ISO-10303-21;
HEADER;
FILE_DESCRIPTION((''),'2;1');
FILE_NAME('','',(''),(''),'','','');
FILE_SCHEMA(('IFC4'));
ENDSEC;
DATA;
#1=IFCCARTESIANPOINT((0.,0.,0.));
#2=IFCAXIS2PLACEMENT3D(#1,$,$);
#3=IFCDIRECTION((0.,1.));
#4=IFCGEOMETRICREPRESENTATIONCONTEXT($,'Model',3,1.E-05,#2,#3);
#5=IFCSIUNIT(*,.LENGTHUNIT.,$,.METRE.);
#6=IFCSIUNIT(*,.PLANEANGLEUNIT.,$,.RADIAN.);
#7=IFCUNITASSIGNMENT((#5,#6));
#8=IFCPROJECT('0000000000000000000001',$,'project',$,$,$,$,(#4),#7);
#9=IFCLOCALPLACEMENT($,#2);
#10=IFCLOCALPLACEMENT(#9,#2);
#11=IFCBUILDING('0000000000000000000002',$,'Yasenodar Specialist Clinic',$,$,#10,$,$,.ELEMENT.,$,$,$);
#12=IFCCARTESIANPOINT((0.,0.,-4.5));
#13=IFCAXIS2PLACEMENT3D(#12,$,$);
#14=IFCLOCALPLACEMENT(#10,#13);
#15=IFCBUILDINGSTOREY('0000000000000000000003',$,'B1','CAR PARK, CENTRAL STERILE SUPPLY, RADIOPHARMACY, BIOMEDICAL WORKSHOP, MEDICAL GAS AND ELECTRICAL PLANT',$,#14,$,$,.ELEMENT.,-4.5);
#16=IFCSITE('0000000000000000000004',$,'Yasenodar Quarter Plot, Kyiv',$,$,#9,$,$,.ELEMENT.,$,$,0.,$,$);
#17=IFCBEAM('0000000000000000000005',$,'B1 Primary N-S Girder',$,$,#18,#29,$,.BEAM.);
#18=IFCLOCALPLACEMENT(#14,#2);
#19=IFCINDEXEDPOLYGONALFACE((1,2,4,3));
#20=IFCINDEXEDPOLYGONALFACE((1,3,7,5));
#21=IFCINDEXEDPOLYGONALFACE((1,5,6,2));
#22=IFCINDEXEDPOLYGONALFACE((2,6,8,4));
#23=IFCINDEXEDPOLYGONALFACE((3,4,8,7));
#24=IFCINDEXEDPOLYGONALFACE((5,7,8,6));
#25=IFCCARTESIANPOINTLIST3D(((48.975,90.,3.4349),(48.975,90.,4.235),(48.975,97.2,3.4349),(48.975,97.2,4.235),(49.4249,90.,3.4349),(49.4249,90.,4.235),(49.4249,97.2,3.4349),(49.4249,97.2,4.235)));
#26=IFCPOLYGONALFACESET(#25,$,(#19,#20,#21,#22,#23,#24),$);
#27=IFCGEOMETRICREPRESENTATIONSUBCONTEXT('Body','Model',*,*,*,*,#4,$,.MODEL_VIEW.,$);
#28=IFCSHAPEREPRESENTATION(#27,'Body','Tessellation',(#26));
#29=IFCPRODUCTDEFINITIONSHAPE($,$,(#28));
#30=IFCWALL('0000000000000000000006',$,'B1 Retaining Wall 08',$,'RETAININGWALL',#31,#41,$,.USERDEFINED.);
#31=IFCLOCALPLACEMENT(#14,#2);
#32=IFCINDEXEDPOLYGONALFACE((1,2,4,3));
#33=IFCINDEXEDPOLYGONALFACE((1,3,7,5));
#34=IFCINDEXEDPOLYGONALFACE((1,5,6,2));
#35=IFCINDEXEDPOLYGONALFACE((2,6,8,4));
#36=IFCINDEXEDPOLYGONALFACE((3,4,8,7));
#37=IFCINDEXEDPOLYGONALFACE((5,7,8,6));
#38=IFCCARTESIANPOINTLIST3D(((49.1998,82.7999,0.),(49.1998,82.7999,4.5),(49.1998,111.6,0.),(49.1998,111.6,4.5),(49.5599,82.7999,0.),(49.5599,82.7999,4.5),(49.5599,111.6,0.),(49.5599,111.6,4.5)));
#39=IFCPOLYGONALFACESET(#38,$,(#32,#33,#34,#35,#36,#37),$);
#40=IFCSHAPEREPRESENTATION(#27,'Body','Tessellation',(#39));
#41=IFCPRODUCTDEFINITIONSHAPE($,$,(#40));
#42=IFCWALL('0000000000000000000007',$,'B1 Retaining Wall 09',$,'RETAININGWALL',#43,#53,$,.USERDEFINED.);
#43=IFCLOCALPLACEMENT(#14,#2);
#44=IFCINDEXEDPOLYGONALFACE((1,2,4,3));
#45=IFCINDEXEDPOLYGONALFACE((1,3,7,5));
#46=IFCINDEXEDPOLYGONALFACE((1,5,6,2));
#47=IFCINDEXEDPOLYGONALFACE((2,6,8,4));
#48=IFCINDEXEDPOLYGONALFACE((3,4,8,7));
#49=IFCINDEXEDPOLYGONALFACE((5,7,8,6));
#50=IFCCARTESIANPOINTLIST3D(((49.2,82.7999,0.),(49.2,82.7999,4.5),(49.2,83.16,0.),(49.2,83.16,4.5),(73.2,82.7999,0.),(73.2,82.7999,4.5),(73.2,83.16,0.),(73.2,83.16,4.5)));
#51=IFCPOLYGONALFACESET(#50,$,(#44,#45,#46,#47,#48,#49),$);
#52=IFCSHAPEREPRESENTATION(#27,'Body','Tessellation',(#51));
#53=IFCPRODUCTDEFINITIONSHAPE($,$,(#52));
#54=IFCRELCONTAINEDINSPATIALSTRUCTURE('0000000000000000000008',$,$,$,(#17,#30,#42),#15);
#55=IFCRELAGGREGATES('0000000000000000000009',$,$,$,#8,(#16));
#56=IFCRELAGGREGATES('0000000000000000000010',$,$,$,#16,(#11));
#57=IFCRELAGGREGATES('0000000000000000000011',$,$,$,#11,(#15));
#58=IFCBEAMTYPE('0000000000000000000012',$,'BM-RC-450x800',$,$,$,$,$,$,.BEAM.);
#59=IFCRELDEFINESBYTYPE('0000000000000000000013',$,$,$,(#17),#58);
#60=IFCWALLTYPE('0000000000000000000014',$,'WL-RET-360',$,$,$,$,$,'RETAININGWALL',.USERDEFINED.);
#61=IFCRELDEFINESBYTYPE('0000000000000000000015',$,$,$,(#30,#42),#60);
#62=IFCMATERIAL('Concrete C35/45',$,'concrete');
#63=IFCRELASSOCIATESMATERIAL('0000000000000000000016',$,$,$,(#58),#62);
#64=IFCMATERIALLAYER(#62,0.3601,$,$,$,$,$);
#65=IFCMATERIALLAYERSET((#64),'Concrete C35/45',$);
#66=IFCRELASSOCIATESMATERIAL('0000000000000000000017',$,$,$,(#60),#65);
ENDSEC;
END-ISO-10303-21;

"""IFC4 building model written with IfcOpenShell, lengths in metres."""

from ifc_helpers import new_model, si_unit, direction, frame, frame_2d, origin, origin_2d, place, context, subcontext, project, spatial, rectangle, extrude, material, layer, layer_set, material_profile, profile_set, type_object, element, save


model = new_model("IFC4")

# Units and contexts
model_context = context("Model", 3, precision=1e-05, world=origin(), true_north=direction((0.0, 1.0)))
body_context = subcontext(model_context, "Body", "Model", "MODEL_VIEW")
ifc_project = project(units=[si_unit("LENGTHUNIT", "METRE"), si_unit("PLANEANGLEUNIT", "RADIAN")], contexts=[model_context])

# Site, building, storey
site_placement = place(None, origin())
site = spatial("IfcSite", under=ifc_project, at=site_placement, Name="Yasenodar Quarter Plot, Kyiv", CompositionType="ELEMENT", RefElevation=0.0)
building_placement = place(site_placement, origin())
building = spatial("IfcBuilding", under=site, at=building_placement, Name="Yasenodar Specialist Clinic", CompositionType="ELEMENT")
storey_placement = place(building_placement, frame((0.0, 0.0, -4.5)))
storey = spatial("IfcBuildingStorey", under=building, at=storey_placement, Name="B1", Description="CAR PARK, CENTRAL STERILE SUPPLY, RADIOPHARMACY, BIOMEDICAL WORKSHOP, MEDICAL GAS AND ELECTRICAL PLANT", CompositionType="ELEMENT", Elevation=-4.5)

# Shared definitions
ifc_material_1 = material(Name="Concrete C35/45", Category="concrete")

# Beam
ifc_material_profile_1 = material_profile(ifc_material_1, rectangle(XDim=0.45, YDim=0.8, at=origin_2d()), Name="RC 450x800")
ifc_profile_set_1 = profile_set([ifc_material_profile_1], Name="Concrete C35/45")
beam_type_1 = type_object("IfcBeamType", Name="BM-RC-450x800", PredefinedType="BEAM", material=ifc_profile_set_1)
beam_1_placement = place(storey_placement, frame((49.2, 90.0, 3.835), z_axis=(0.0, 1.0, 0.0), x_axis=(-1.0, 0.0, 0.0)))
element("IfcBeam", 1, at=beam_1_placement, inside=storey, type_object=beam_type_1, Name="B1 Primary N-S Girder", PredefinedType="BEAM", context=body_context, shape_type="SweptSolid", body=[
    extrude(rectangle(XDim=0.45, YDim=0.8, at=origin_2d()), origin(), (0.0, 0.0, 1.0), 7.2),
])

# Walls
ifc_layer = layer(ifc_material_1, 0.3601)
ifc_layer_set = layer_set([ifc_layer], Name="Concrete C35/45")
wall_type = type_object("IfcWallType", Name="WL-RET-360", ElementType="RETAININGWALL", PredefinedType="USERDEFINED", material=ifc_layer_set)
wall_1_placement = place(storey_placement, frame((49.3799, 82.8, 0.0), z_axis=(0.0, 0.0, 1.0), x_axis=(0.0, 1.0, 0.0)))
element("IfcWall", 2, at=wall_1_placement, inside=storey, type_object=wall_type, Name="B1 Retaining Wall 08", ObjectType="RETAININGWALL", PredefinedType="USERDEFINED", context=body_context, shape_type="SweptSolid", body=[
    extrude(rectangle(XDim=28.8, YDim=0.3601, at=frame_2d((14.3999, 0.0))), origin(), (0.0, 0.0, 1.0), 4.5),
])
wall_2_placement = place(storey_placement, frame((49.2, 82.98, 0.0), z_axis=(0.0, 0.0, 1.0), x_axis=(1.0, 0.0, 0.0)))
element("IfcWall", 3, at=wall_2_placement, inside=storey, type_object=wall_type, Name="B1 Retaining Wall 09", ObjectType="RETAININGWALL", PredefinedType="USERDEFINED", context=body_context, shape_type="SweptSolid", body=[
    extrude(rectangle(XDim=24.0, YDim=0.3601, at=frame_2d((12.0, 0.0))), origin(), (0.0, 0.0, 1.0), 4.5),
])

save(model, "model.ifc")
